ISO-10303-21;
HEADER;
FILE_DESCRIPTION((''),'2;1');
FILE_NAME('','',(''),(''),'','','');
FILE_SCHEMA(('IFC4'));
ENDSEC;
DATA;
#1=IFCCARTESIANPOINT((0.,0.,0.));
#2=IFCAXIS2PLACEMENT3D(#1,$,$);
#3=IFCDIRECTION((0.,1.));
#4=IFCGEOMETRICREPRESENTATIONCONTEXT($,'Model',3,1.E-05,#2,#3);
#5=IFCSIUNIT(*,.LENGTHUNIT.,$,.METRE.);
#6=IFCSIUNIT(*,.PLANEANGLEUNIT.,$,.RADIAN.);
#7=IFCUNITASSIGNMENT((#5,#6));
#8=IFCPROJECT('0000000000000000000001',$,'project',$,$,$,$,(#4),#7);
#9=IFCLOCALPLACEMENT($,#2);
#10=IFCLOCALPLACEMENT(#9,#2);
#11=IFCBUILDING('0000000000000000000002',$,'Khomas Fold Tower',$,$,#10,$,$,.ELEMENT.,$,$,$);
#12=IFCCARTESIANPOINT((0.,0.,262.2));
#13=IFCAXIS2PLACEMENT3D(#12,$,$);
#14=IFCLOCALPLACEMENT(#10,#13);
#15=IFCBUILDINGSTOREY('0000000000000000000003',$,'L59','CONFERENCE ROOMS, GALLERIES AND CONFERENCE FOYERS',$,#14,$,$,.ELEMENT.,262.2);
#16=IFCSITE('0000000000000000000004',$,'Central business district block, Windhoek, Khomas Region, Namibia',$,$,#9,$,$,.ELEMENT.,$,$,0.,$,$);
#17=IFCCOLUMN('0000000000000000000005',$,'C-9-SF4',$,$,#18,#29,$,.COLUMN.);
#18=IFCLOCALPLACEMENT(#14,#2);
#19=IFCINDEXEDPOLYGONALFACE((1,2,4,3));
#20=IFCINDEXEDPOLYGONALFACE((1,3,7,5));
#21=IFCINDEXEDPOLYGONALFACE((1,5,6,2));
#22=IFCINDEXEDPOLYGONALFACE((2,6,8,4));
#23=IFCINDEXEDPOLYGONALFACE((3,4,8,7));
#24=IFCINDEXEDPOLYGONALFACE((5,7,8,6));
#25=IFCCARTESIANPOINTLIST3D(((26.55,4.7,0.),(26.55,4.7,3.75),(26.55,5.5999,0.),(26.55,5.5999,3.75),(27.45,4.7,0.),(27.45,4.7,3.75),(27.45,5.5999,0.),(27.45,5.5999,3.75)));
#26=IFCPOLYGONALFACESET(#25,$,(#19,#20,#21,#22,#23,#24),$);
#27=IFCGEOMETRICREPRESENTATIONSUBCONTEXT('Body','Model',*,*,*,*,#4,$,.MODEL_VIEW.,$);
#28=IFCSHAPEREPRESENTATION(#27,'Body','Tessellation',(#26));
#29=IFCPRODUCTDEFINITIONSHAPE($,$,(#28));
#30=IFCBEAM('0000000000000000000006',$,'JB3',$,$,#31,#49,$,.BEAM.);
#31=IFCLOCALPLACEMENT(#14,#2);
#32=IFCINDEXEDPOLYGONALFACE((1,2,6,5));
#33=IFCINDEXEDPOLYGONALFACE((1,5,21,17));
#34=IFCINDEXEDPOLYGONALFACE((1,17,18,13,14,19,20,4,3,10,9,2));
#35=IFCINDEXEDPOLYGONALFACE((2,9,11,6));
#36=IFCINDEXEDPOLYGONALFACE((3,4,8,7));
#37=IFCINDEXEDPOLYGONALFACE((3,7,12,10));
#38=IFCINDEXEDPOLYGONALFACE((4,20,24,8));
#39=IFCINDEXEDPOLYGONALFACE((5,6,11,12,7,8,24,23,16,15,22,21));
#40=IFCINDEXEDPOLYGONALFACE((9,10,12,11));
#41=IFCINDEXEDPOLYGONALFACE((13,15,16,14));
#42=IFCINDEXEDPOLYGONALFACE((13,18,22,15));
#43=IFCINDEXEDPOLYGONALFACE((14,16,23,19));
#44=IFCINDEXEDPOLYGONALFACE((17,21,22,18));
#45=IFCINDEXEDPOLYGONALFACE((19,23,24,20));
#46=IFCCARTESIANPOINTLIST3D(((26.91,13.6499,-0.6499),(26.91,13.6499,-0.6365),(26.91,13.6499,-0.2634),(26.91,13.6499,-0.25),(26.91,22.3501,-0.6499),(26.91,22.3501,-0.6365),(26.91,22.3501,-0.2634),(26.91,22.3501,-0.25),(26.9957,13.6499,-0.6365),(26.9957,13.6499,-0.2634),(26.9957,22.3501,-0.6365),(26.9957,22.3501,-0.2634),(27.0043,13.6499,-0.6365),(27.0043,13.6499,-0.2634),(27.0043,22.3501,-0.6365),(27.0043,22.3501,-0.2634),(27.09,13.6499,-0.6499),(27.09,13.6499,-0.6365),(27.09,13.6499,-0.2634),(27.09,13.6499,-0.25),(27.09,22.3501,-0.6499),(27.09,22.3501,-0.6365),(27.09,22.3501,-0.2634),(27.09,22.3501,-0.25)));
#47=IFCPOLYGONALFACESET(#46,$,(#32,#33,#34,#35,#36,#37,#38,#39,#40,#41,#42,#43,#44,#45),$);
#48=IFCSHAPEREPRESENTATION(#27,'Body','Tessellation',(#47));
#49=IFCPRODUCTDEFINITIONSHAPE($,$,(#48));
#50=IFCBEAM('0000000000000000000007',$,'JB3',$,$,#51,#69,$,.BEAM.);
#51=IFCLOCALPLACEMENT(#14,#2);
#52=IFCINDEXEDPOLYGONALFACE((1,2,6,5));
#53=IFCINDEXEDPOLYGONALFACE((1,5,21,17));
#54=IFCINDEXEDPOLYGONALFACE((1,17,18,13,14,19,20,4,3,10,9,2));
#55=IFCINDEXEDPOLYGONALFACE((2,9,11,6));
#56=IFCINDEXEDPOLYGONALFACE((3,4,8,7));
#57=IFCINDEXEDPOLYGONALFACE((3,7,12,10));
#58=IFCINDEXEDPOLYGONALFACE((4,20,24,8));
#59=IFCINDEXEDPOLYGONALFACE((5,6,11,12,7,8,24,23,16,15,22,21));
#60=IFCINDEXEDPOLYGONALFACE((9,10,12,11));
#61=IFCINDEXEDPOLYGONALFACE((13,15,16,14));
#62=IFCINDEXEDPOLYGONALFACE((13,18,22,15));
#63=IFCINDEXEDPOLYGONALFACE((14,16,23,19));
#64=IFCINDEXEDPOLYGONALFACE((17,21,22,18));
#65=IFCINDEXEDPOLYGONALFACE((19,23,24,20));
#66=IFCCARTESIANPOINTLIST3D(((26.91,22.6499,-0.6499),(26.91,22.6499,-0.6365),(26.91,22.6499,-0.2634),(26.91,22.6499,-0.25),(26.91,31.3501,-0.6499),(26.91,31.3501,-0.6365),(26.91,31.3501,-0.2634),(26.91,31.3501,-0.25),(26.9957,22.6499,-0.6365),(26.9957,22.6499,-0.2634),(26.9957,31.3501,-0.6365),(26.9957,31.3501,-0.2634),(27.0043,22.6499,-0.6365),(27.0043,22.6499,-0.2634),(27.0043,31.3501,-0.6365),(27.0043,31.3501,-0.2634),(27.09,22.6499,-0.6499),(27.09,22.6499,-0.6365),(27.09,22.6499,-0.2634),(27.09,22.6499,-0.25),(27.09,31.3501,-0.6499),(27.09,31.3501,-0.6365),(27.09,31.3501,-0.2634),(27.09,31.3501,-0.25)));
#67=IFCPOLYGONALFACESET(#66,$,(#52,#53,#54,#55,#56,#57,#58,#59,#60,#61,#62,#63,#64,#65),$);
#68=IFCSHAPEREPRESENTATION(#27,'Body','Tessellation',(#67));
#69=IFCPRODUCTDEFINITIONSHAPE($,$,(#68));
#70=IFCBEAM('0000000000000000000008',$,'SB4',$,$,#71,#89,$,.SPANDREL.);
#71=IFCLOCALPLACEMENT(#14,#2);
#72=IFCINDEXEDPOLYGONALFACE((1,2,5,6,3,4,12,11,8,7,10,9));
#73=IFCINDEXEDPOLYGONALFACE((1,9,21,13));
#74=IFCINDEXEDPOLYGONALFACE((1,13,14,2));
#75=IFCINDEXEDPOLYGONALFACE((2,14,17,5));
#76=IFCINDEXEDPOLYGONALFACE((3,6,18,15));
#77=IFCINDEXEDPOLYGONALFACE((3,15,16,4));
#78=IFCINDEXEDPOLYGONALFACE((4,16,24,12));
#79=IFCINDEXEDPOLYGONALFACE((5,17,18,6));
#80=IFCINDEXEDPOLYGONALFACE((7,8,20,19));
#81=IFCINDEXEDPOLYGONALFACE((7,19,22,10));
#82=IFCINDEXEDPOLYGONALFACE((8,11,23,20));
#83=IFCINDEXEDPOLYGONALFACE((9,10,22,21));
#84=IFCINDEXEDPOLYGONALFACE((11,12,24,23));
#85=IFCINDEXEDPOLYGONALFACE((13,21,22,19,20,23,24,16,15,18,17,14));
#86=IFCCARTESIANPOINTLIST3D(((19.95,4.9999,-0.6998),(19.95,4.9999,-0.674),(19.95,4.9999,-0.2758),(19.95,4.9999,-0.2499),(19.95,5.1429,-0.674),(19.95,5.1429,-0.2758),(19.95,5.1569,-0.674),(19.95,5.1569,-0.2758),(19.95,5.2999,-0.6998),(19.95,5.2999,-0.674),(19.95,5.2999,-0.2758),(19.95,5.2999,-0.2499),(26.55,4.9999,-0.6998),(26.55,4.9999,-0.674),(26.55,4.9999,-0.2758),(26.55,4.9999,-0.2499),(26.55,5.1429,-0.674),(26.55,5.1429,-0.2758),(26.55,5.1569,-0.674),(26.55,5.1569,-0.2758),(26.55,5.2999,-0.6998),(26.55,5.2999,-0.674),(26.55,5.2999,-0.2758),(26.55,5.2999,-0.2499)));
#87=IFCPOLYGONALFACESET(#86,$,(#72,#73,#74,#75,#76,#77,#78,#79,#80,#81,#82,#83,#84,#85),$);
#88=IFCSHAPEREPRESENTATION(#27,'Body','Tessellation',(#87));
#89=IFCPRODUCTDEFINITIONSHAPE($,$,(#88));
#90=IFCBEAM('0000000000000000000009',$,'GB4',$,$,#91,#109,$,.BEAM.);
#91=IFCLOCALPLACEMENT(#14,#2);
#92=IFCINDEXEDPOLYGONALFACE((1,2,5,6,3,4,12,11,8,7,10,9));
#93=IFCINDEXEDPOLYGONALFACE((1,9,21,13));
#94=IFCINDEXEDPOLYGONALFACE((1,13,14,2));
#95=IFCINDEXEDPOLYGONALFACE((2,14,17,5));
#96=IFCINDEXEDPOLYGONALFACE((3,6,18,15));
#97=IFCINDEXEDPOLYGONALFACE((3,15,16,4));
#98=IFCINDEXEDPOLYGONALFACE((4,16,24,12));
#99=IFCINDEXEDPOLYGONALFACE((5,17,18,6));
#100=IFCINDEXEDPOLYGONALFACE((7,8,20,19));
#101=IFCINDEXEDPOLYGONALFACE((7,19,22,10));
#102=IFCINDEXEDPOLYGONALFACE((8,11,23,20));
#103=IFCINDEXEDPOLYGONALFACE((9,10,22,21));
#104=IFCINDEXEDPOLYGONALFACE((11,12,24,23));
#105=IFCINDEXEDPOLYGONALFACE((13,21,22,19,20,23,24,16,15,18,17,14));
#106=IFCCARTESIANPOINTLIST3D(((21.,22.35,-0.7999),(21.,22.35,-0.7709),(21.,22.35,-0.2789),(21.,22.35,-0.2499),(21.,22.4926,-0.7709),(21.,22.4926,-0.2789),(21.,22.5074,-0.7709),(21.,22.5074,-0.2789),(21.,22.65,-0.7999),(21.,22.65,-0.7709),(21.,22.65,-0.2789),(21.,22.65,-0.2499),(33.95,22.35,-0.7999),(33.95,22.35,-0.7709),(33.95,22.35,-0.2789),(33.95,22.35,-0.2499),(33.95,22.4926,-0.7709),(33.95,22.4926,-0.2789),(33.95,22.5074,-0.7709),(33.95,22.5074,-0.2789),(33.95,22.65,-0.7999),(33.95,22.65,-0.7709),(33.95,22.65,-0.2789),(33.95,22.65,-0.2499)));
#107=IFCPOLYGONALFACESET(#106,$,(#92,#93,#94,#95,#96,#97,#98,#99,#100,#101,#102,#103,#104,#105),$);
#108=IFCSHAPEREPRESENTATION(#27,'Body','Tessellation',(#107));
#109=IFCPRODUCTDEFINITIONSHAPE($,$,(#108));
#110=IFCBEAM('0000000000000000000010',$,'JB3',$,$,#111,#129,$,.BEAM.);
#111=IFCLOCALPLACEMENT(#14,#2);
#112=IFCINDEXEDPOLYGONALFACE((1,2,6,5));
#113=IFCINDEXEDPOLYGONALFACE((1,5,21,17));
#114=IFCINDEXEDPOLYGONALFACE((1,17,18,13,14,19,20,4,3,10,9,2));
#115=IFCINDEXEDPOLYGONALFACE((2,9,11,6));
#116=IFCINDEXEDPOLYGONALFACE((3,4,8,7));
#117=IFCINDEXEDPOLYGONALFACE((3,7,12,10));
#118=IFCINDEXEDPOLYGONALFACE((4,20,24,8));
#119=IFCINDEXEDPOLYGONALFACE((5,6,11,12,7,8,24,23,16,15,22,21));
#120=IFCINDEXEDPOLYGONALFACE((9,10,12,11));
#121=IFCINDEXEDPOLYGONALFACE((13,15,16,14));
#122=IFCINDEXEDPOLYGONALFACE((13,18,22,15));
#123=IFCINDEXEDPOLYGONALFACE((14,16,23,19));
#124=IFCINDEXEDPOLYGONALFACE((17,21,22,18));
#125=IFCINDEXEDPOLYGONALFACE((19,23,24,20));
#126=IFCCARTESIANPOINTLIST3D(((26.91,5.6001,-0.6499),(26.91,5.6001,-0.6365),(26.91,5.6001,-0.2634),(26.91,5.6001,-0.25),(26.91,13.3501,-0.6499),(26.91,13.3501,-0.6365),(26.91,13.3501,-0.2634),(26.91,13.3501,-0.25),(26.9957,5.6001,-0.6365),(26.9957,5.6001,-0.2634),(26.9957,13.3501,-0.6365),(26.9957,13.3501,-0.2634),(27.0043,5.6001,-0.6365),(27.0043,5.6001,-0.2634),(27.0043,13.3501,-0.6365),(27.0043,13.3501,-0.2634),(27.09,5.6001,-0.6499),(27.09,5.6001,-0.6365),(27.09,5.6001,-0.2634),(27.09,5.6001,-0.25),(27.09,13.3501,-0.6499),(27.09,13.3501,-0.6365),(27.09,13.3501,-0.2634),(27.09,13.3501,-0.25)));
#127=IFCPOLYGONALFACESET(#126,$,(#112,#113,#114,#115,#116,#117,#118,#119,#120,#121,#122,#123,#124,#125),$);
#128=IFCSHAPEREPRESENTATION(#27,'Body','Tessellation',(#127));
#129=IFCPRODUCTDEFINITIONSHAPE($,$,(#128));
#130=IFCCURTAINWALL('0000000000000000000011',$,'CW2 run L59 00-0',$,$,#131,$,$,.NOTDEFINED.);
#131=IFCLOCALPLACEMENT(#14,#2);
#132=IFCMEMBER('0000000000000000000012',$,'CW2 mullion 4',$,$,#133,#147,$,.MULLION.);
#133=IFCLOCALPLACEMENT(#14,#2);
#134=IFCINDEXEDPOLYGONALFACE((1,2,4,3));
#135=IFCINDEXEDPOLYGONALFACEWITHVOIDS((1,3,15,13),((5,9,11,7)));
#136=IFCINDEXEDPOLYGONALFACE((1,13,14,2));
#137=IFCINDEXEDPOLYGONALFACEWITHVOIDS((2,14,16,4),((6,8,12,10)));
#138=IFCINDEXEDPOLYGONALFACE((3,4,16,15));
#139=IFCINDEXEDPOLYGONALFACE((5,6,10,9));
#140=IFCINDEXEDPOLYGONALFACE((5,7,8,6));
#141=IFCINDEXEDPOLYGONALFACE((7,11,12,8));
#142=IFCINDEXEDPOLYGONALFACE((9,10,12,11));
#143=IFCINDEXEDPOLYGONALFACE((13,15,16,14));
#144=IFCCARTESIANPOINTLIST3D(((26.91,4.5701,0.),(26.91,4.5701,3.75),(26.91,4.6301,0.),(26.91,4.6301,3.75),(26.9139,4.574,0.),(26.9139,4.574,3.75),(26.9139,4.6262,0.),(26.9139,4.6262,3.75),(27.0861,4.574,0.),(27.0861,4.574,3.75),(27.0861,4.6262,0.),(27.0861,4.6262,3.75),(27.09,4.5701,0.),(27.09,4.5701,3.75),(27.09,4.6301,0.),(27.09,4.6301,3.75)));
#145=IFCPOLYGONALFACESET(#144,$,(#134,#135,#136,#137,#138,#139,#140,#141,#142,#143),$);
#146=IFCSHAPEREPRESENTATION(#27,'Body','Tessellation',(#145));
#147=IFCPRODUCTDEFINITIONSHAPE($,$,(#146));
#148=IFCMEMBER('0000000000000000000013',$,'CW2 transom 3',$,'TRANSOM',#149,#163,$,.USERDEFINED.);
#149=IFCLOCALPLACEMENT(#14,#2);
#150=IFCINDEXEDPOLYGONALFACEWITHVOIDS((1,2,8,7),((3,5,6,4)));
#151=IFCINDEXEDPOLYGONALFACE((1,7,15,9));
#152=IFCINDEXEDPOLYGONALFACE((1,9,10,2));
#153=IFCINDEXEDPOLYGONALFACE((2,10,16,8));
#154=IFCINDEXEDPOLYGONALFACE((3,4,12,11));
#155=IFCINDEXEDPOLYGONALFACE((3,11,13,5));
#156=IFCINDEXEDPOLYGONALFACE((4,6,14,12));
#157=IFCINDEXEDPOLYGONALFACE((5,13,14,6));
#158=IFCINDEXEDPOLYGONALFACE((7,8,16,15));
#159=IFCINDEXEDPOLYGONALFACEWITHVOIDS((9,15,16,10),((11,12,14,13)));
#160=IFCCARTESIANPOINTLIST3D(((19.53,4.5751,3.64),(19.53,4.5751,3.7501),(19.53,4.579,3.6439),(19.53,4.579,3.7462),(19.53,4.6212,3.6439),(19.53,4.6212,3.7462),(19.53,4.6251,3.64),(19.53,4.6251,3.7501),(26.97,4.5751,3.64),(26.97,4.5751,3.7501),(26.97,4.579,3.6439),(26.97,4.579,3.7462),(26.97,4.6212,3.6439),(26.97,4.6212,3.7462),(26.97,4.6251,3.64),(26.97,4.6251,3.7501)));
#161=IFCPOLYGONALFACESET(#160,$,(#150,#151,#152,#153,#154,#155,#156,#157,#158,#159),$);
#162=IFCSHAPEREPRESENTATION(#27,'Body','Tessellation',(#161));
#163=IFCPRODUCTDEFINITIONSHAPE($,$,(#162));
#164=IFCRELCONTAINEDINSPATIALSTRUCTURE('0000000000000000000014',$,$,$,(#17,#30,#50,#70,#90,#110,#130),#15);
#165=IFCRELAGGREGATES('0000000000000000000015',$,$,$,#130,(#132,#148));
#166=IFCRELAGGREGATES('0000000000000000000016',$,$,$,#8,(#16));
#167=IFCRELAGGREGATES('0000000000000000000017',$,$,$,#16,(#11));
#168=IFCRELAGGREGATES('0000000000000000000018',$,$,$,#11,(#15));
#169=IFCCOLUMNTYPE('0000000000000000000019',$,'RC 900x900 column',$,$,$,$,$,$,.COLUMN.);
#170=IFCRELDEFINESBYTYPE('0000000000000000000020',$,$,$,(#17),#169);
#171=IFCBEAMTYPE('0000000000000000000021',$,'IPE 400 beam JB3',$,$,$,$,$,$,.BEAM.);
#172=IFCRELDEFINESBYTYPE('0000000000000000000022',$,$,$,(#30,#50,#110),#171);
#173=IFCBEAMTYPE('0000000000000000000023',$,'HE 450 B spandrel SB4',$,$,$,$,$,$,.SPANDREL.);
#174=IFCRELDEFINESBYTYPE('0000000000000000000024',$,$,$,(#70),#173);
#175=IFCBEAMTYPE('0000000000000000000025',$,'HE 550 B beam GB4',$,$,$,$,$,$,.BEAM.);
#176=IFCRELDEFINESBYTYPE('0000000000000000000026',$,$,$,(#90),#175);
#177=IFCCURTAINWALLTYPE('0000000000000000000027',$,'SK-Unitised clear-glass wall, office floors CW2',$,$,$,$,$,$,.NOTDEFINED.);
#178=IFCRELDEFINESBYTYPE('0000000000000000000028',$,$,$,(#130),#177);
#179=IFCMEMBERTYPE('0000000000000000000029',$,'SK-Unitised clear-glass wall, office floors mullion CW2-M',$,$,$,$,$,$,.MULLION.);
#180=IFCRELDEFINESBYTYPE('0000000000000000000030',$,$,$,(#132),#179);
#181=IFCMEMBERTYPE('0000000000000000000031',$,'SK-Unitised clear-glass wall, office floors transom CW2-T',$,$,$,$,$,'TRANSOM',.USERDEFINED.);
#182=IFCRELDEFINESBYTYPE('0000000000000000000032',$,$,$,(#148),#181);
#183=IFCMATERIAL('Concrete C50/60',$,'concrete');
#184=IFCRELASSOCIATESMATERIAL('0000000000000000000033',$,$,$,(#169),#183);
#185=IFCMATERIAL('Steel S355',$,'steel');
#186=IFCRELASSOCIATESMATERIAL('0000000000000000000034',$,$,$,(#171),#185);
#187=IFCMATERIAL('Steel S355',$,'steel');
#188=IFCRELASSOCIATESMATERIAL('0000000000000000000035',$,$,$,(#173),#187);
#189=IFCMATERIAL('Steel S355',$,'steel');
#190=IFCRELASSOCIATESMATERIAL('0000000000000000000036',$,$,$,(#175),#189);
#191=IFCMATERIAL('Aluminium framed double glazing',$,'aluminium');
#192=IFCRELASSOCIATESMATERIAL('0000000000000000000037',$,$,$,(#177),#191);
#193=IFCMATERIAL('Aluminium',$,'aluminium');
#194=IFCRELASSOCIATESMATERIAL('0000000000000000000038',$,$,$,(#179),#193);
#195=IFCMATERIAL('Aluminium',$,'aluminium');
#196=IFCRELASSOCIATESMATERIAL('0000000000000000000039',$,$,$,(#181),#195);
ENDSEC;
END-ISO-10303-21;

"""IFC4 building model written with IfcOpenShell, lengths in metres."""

from ifc_helpers import new_model, si_unit, direction, frame, origin, origin_2d, place, context, subcontext, project, spatial, rectangle, hollow_rectangle, i_section, extrude, source, transform, mapped, material, material_profile, profile_set, type_object, element, aggregate, save


model = new_model("IFC4")

# Units and contexts
model_context = context("Model", 3, precision=1e-05, world=origin(), true_north=direction((0.0, 1.0)))
body_context = subcontext(model_context, "Body", "Model", "MODEL_VIEW")
ifc_project = project(units=[si_unit("LENGTHUNIT", "METRE"), si_unit("PLANEANGLEUNIT", "RADIAN")], contexts=[model_context])

# Site, building, storey
site_placement = place(None, origin())
site = spatial("IfcSite", under=ifc_project, at=site_placement, Name="Central business district block, Windhoek, Khomas Region, Namibia", CompositionType="ELEMENT", RefElevation=0.0)
building_placement = place(site_placement, origin())
building = spatial("IfcBuilding", under=site, at=building_placement, Name="Khomas Fold Tower", CompositionType="ELEMENT")
storey_placement = place(building_placement, frame((0.0, 0.0, 262.2)))
storey = spatial("IfcBuildingStorey", under=building, at=storey_placement, Name="L59", Description="CONFERENCE ROOMS, GALLERIES AND CONFERENCE FOYERS", CompositionType="ELEMENT", Elevation=262.2)

# Column
ifc_material_1 = material(Name="Concrete C50/60", Category="concrete")
ifc_material_profile_1 = material_profile(ifc_material_1, rectangle(XDim=0.8999, YDim=0.8999, at=origin_2d()), Name="RC 900x900")
ifc_profile_set_1 = profile_set([ifc_material_profile_1], Name="Concrete C50/60")
column_type = type_object("IfcColumnType", Name="RC 900x900 column", PredefinedType="COLUMN", material=ifc_profile_set_1)
shared_shape_1 = source(origin(), body_context, "Body", "SweptSolid", [
    extrude(rectangle(XDim=0.8999, YDim=0.8999, at=origin_2d()), origin(), (0.0, 0.0, 1.0), 3.75),
])
column_placement = place(storey_placement, frame((27.0, 5.1499, 0.0), z_axis=(0.0, 0.0, 1.0), x_axis=(1.0, 0.0, 0.0)))
element("IfcColumn", 1, at=column_placement, inside=storey, type_object=column_type, Name="C-9-SF4", PredefinedType="COLUMN", context=body_context, shape_type="MappedRepresentation", body=[
    mapped(shared_shape_1, transform((0.0, 0.0, 0.0))),
])

# Beams
ifc_material_2 = material(Name="Steel S355", Category="steel")
ifc_material_profile_2 = material_profile(ifc_material_2, i_section(OverallWidth=0.1799, OverallDepth=0.3999, WebThickness=0.0085, FlangeThickness=0.0134, at=origin_2d()), Name="IPE 400")
ifc_profile_set_2 = profile_set([ifc_material_profile_2], Name="Steel S355")
beam_type_1 = type_object("IfcBeamType", Name="IPE 400 beam JB3", PredefinedType="BEAM", material=ifc_profile_set_2)
shared_shape_2 = source(origin(), body_context, "Body", "SweptSolid", [
    extrude(i_section(OverallWidth=0.1799, OverallDepth=0.3999, WebThickness=0.0085, FlangeThickness=0.0134, at=origin_2d()), origin(), (0.0, 0.0, 1.0), 8.7002),
])
for number, where, z_axis, x_axis, name in (
    (2, (27.0, 13.6499, -0.45), (0.0, 1.0, 0.0), (-1.0, 0.0, 0.0), "JB3"),
    (3, (27.0, 22.6499, -0.45), (0.0, 1.0, 0.0), (-1.0, 0.0, 0.0), "JB3"),
):
    element("IfcBeam", number, at=place(storey_placement, frame(where, z_axis=z_axis, x_axis=x_axis)), inside=storey, type_object=beam_type_1, Name=name, PredefinedType="BEAM", context=body_context, shape_type="MappedRepresentation", body=[
        mapped(shared_shape_2, transform((0.0, 0.0, 0.0))),
    ])
ifc_material_3 = material(Name="Steel S355", Category="steel")
ifc_material_profile_3 = material_profile(ifc_material_3, i_section(OverallWidth=0.3, OverallDepth=0.45, WebThickness=0.0139, FlangeThickness=0.0259, at=origin_2d()), Name="HE 450 B")
ifc_profile_set_3 = profile_set([ifc_material_profile_3], Name="Steel S355")
beam_type_2 = type_object("IfcBeamType", Name="HE 450 B spandrel SB4", PredefinedType="SPANDREL", material=ifc_profile_set_3)
shared_shape_3 = source(origin(), body_context, "Body", "SweptSolid", [
    extrude(i_section(OverallWidth=0.3, OverallDepth=0.45, WebThickness=0.0139, FlangeThickness=0.0259, at=origin_2d()), origin(), (0.0, 0.0, 1.0), 6.6001),
])
beam_1_placement = place(storey_placement, frame((19.95, 5.1499, -0.4749), z_axis=(1.0, 0.0, 0.0), x_axis=(0.0, 1.0, 0.0)))
element("IfcBeam", 4, at=beam_1_placement, inside=storey, type_object=beam_type_2, Name="SB4", PredefinedType="SPANDREL", context=body_context, shape_type="MappedRepresentation", body=[
    mapped(shared_shape_3, transform((0.0, 0.0, 0.0))),
])
ifc_material_4 = material(Name="Steel S355", Category="steel")
ifc_material_profile_4 = material_profile(ifc_material_4, i_section(OverallWidth=0.3, OverallDepth=0.55, WebThickness=0.0149, FlangeThickness=0.0291, at=origin_2d()), Name="HE 550 B")
ifc_profile_set_4 = profile_set([ifc_material_profile_4], Name="Steel S355")
beam_type_3 = type_object("IfcBeamType", Name="HE 550 B beam GB4", PredefinedType="BEAM", material=ifc_profile_set_4)
shared_shape_4 = source(origin(), body_context, "Body", "SweptSolid", [
    extrude(i_section(OverallWidth=0.3, OverallDepth=0.55, WebThickness=0.0149, FlangeThickness=0.0291, at=origin_2d()), origin(), (0.0, 0.0, 1.0), 12.95),
])
beam_2_placement = place(storey_placement, frame((21.0, 22.5, -0.5249), z_axis=(1.0, 0.0, 0.0), x_axis=(0.0, 1.0, 0.0)))
element("IfcBeam", 5, at=beam_2_placement, inside=storey, type_object=beam_type_3, Name="GB4", PredefinedType="BEAM", context=body_context, shape_type="MappedRepresentation", body=[
    mapped(shared_shape_4, transform((0.0, 0.0, 0.0))),
])
shared_shape_5 = source(origin(), body_context, "Body", "SweptSolid", [
    extrude(i_section(OverallWidth=0.1799, OverallDepth=0.3999, WebThickness=0.0085, FlangeThickness=0.0134, at=origin_2d()), origin(), (0.0, 0.0, 1.0), 7.75),
])
beam_3_placement = place(storey_placement, frame((27.0, 5.6001, -0.45), z_axis=(0.0, 1.0, 0.0), x_axis=(-1.0, 0.0, 0.0)))
element("IfcBeam", 6, at=beam_3_placement, inside=storey, type_object=beam_type_1, Name="JB3", PredefinedType="BEAM", context=body_context, shape_type="MappedRepresentation", body=[
    mapped(shared_shape_5, transform((0.0, 0.0, 0.0))),
])

# Curtain wall, members
ifc_material_5 = material(Name="Aluminium framed double glazing", Category="aluminium")
curtain_wall_type = type_object("IfcCurtainWallType", Name="SK-Unitised clear-glass wall, office floors CW2", PredefinedType="NOTDEFINED", material=ifc_material_5)
curtain_wall_placement = place(storey_placement, origin())
curtain_wall = element("IfcCurtainWall", 7, at=curtain_wall_placement, inside=storey, type_object=curtain_wall_type, Name="CW2 run L59 00-0", PredefinedType="NOTDEFINED")
ifc_material_6 = material(Name="Aluminium", Category="aluminium")
ifc_material_profile_5 = material_profile(ifc_material_6, hollow_rectangle(XDim=0.0601, YDim=0.1799, WallThickness=0.0039, at=origin_2d()), Name="SK-Unitised clear-glass wall, office floors mullion CW2-M")
ifc_profile_set_5 = profile_set([ifc_material_profile_5], Name="Aluminium")
member_type_1 = type_object("IfcMemberType", Name="SK-Unitised clear-glass wall, office floors mullion CW2-M", PredefinedType="MULLION", material=ifc_profile_set_5)
shared_shape_6 = source(origin(), body_context, "Body", "SweptSolid", [
    extrude(hollow_rectangle(XDim=0.0601, YDim=0.1799, WallThickness=0.0039, at=origin_2d()), origin(), (0.0, 0.0, 1.0), 3.75),
])
member_1_placement = place(storey_placement, frame((27.0, 4.6001, 0.0), z_axis=(0.0, 0.0, 1.0), x_axis=(0.0, 1.0, 0.0)))
member_1 = element("IfcMember", 8, at=member_1_placement, type_object=member_type_1, Name="CW2 mullion 4", PredefinedType="MULLION", context=body_context, shape_type="MappedRepresentation", body=[
    mapped(shared_shape_6, transform((0.0, 0.0, 0.0))),
])
ifc_material_7 = material(Name="Aluminium", Category="aluminium")
ifc_material_profile_6 = material_profile(ifc_material_7, hollow_rectangle(XDim=0.05, YDim=0.1101, WallThickness=0.0039, at=origin_2d()), Name="SK-Unitised clear-glass wall, office floors transom CW2-T")
ifc_profile_set_6 = profile_set([ifc_material_profile_6], Name="Aluminium")
member_type_2 = type_object("IfcMemberType", Name="SK-Unitised clear-glass wall, office floors transom CW2-T", ElementType="TRANSOM", PredefinedType="USERDEFINED", material=ifc_profile_set_6)
shared_shape_7 = source(origin(), body_context, "Body", "SweptSolid", [
    extrude(hollow_rectangle(XDim=0.05, YDim=0.1101, WallThickness=0.0039, at=origin_2d()), origin(), (0.0, 0.0, 1.0), 7.4399),
])
member_2_placement = place(storey_placement, frame((19.53, 4.6001, 3.6951), z_axis=(1.0, 0.0, 0.0), x_axis=(0.0, 1.0, 0.0)))
member_2 = element("IfcMember", 9, at=member_2_placement, type_object=member_type_2, Name="CW2 transom 3", ObjectType="TRANSOM", PredefinedType="USERDEFINED", context=body_context, shape_type="MappedRepresentation", body=[
    mapped(shared_shape_7, transform((0.0, 0.0, 0.0))),
])
aggregate(curtain_wall, [member_1, member_2])

save(model, "model.ifc")
